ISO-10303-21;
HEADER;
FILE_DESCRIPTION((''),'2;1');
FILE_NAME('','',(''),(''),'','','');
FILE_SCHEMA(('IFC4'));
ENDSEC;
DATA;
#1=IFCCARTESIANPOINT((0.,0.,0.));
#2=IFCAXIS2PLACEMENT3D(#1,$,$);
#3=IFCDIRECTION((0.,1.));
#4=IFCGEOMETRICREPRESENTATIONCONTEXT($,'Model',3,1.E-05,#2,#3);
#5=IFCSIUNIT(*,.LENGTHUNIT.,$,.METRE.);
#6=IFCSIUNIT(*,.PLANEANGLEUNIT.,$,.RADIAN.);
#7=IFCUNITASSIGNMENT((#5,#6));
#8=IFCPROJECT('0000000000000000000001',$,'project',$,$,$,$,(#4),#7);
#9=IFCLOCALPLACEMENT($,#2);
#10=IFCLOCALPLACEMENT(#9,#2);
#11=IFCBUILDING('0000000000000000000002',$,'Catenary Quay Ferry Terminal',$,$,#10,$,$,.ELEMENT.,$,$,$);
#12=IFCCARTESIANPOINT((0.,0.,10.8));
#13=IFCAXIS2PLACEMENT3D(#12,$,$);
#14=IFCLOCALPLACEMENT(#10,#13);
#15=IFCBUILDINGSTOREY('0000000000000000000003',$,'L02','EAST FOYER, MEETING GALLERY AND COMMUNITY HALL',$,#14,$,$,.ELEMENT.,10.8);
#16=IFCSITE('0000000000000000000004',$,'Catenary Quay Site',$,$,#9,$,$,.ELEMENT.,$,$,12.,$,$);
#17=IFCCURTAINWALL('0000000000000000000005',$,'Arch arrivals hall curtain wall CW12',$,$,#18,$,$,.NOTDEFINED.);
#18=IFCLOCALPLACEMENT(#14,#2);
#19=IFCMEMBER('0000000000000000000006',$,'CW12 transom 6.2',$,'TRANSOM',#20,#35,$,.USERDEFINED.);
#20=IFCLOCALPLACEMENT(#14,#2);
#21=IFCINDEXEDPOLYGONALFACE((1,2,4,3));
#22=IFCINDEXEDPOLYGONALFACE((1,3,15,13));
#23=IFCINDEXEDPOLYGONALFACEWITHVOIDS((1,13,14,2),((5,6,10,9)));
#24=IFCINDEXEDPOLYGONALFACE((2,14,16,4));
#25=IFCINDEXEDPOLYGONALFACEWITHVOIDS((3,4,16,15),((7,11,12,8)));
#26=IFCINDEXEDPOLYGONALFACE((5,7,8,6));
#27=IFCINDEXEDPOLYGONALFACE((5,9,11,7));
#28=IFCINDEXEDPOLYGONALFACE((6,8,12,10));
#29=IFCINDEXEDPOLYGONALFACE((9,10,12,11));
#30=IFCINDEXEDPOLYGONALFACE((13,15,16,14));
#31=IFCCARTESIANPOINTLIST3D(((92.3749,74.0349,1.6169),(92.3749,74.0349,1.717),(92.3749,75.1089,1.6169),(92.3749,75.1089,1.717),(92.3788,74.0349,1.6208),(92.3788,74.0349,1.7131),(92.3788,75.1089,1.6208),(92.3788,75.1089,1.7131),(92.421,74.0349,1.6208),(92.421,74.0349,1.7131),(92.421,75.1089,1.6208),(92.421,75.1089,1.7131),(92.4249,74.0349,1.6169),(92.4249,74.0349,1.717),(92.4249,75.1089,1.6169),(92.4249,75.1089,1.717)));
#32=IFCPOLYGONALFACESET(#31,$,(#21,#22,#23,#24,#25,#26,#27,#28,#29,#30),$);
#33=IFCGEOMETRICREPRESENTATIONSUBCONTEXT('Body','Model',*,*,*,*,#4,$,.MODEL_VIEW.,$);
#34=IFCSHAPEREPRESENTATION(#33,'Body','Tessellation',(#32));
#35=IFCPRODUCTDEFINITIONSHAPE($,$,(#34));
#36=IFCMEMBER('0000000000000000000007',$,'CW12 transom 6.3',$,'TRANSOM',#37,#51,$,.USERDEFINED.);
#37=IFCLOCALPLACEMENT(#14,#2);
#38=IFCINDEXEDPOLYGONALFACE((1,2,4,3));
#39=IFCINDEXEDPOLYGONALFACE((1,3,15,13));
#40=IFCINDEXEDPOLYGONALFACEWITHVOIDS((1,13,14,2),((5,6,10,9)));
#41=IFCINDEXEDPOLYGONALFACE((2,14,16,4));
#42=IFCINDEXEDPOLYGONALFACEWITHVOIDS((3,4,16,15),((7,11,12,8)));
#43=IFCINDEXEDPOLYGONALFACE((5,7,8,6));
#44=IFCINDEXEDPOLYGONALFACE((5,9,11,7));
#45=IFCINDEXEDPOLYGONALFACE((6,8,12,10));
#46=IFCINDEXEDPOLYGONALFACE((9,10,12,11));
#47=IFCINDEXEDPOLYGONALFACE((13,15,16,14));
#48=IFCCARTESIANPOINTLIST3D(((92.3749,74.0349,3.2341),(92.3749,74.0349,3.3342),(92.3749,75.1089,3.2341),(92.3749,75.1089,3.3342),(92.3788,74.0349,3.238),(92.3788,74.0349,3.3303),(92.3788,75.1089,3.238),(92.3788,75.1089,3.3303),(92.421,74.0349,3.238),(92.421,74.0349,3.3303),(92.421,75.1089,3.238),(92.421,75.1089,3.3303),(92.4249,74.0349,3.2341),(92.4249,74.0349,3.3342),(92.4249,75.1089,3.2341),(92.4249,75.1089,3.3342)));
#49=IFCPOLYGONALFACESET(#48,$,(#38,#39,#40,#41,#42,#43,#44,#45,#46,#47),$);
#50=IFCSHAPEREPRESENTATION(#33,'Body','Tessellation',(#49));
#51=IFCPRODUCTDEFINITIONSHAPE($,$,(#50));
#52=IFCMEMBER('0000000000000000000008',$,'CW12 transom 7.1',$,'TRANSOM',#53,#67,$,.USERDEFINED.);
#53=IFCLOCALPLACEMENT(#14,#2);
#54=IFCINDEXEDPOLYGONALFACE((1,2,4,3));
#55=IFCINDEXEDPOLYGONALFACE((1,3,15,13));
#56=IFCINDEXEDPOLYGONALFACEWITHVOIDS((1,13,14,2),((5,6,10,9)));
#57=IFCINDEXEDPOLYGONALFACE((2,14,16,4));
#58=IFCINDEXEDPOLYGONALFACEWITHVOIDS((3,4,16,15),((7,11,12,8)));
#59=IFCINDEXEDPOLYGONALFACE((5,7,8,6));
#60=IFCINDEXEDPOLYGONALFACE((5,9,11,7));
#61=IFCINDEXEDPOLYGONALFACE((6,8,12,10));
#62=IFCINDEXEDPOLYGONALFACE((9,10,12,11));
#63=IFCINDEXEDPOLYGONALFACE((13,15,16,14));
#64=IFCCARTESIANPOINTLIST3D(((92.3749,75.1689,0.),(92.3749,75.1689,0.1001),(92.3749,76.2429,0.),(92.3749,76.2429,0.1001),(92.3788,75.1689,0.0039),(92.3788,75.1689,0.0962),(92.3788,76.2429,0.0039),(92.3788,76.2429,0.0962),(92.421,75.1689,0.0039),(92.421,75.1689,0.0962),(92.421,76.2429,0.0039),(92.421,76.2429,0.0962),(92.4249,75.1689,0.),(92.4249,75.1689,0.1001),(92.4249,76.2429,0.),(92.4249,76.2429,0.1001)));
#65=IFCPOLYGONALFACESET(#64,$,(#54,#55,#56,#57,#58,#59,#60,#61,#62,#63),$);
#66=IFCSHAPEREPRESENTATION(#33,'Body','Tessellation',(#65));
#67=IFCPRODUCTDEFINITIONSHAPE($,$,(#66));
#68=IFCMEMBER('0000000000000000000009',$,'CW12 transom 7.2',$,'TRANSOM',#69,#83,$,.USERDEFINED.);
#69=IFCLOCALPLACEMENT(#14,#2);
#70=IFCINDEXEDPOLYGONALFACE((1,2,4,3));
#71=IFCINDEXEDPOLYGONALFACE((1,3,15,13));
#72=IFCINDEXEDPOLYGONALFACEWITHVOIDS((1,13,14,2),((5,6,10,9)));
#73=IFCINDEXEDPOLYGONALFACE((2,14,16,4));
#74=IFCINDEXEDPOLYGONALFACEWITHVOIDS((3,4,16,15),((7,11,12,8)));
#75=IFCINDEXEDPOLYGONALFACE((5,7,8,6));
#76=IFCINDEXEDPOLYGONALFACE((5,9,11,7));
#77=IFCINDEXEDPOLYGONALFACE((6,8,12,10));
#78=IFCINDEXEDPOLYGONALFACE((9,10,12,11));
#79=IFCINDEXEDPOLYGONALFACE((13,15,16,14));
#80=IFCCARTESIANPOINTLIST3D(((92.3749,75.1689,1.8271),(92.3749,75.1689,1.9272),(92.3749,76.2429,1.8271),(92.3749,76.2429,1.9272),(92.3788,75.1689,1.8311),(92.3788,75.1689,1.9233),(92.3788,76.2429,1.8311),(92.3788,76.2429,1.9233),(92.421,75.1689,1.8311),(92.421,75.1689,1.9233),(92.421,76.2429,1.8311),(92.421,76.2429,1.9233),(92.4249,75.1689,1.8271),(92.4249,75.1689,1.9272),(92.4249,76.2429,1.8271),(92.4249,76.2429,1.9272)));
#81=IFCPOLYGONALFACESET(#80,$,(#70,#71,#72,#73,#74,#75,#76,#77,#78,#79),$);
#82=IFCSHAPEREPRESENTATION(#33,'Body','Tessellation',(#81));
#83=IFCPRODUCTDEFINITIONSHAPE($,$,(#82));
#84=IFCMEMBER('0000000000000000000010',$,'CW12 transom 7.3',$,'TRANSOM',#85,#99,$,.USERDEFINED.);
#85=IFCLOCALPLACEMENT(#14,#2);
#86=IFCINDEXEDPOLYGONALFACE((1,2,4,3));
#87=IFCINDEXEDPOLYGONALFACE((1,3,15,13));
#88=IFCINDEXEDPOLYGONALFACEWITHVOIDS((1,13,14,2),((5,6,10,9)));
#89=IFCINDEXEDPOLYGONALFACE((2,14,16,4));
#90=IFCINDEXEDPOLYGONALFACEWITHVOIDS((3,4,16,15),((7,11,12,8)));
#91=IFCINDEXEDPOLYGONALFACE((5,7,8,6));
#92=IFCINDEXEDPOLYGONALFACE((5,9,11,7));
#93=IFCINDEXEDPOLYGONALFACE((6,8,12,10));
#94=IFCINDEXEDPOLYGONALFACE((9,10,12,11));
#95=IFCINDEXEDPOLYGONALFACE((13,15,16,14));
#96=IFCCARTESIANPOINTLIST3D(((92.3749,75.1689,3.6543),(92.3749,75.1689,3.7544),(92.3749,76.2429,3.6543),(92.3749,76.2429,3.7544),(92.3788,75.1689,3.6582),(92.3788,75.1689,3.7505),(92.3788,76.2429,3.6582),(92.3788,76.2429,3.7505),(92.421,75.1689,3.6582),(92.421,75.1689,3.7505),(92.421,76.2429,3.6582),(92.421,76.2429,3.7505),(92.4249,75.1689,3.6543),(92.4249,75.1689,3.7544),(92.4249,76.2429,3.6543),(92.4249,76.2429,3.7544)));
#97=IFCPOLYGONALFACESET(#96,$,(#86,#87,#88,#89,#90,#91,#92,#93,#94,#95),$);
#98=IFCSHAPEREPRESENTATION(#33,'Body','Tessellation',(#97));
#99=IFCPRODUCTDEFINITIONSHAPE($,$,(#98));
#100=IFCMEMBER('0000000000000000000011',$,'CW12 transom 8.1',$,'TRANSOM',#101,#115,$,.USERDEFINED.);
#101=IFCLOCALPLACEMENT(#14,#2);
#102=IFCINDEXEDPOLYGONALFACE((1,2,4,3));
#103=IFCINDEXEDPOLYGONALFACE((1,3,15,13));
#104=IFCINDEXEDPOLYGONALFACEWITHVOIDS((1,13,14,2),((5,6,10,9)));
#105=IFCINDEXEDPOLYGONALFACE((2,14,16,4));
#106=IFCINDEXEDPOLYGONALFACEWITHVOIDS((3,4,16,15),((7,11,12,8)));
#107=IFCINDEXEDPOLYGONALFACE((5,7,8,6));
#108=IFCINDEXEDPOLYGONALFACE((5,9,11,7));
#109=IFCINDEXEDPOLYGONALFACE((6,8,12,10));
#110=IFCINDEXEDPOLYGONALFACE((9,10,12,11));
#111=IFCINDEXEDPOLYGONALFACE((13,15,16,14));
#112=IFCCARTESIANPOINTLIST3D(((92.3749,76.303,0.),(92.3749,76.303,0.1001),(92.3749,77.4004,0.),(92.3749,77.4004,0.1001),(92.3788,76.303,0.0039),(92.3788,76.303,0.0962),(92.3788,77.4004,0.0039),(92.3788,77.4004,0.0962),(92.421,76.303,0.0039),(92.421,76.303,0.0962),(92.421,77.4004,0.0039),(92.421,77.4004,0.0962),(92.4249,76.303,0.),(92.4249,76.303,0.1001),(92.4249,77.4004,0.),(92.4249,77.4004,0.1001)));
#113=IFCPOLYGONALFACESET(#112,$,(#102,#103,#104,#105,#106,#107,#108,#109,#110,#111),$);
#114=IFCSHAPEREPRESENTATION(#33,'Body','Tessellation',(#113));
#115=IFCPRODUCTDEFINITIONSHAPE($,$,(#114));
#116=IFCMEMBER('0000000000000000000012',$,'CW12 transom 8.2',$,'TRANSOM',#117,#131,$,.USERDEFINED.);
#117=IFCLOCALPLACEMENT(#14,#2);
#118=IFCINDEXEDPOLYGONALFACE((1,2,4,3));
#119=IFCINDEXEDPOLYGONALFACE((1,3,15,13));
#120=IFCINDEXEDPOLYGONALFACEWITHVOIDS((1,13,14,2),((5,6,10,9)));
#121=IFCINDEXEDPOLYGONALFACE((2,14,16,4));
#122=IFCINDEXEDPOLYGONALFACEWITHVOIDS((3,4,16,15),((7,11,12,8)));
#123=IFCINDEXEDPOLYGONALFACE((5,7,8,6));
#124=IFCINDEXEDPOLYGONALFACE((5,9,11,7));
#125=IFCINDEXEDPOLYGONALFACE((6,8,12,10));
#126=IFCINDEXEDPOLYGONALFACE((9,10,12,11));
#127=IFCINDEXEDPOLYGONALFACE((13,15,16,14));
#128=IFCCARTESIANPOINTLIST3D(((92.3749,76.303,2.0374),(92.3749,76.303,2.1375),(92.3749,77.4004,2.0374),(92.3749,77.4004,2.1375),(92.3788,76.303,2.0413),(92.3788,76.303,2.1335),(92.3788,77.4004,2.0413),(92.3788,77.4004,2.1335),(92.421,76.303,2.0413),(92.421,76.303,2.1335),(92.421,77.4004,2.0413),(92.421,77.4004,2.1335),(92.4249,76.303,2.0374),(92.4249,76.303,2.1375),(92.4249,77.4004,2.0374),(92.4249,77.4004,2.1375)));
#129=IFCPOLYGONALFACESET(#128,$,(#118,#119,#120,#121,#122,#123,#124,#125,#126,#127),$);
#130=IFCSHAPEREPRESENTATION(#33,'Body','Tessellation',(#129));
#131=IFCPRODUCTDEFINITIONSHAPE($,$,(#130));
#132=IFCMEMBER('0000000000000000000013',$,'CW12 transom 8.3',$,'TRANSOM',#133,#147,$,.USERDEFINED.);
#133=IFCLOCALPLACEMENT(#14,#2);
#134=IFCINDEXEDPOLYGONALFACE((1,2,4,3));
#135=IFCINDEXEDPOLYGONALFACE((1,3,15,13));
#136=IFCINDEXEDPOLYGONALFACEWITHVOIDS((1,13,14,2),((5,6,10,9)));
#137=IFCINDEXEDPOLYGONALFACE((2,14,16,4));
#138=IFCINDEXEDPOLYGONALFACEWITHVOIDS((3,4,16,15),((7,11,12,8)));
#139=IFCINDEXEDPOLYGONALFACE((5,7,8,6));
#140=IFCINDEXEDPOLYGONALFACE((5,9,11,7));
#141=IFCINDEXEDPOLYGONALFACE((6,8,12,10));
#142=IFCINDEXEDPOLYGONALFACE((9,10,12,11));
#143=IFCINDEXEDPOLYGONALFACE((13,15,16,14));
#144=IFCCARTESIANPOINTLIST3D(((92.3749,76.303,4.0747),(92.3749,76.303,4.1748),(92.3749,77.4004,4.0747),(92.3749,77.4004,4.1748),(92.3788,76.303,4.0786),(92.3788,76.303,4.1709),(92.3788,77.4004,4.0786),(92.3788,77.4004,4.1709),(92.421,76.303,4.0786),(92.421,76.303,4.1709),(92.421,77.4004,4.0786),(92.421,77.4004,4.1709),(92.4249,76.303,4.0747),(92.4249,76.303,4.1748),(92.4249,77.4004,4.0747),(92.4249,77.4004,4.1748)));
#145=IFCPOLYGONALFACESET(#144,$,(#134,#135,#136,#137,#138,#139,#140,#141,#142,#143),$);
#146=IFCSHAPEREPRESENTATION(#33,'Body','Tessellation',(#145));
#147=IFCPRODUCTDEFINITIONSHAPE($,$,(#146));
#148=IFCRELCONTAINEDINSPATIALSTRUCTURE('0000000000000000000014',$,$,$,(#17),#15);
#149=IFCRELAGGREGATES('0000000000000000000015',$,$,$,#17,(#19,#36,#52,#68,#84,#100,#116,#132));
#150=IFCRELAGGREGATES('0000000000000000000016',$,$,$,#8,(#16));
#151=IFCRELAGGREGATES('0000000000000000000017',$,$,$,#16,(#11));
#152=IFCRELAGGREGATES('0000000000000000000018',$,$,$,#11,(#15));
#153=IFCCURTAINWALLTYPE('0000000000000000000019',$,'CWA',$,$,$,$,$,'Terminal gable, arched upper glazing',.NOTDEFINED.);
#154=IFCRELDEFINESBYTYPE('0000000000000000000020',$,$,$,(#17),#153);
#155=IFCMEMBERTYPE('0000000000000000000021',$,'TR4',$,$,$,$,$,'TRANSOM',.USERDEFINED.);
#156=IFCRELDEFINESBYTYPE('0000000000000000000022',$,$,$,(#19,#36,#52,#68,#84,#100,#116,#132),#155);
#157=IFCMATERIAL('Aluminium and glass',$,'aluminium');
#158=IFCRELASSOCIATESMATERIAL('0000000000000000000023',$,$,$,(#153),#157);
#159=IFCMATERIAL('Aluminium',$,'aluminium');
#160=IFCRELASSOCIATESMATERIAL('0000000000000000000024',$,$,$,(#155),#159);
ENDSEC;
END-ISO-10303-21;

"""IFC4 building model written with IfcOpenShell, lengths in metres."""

from ifc_helpers import new_model, si_unit, direction, frame, origin, origin_2d, place, context, subcontext, project, spatial, hollow_rectangle, extrude, material, material_profile, profile_set, type_object, element, aggregate, save


model = new_model("IFC4")

# Units and contexts
model_context = context("Model", 3, precision=1e-05, world=origin(), true_north=direction((0.0, 1.0)))
body_context = subcontext(model_context, "Body", "Model", "MODEL_VIEW")
ifc_project = project(units=[si_unit("LENGTHUNIT", "METRE"), si_unit("PLANEANGLEUNIT", "RADIAN")], contexts=[model_context])

# Site, building, storey
site_placement = place(None, origin())
site = spatial("IfcSite", under=ifc_project, at=site_placement, Name="Catenary Quay Site", CompositionType="ELEMENT", RefElevation=12.0)
building_placement = place(site_placement, origin())
building = spatial("IfcBuilding", under=site, at=building_placement, Name="Catenary Quay Ferry Terminal", CompositionType="ELEMENT")
storey_placement = place(building_placement, frame((0.0, 0.0, 10.8)))
storey = spatial("IfcBuildingStorey", under=building, at=storey_placement, Name="L02", Description="EAST FOYER, MEETING GALLERY AND COMMUNITY HALL", CompositionType="ELEMENT", Elevation=10.8)

# Curtain wall, members
ifc_material_1 = material(Name="Aluminium and glass", Category="aluminium")
curtain_wall_type = type_object("IfcCurtainWallType", Name="CWA", ElementType="Terminal gable, arched upper glazing", PredefinedType="NOTDEFINED", material=ifc_material_1)
curtain_wall_placement = place(storey_placement, origin())
curtain_wall = element("IfcCurtainWall", 1, at=curtain_wall_placement, inside=storey, type_object=curtain_wall_type, Name="Arch arrivals hall curtain wall CW12", PredefinedType="NOTDEFINED")
ifc_material_2 = material(Name="Aluminium", Category="aluminium")
ifc_material_profile_1 = material_profile(ifc_material_2, hollow_rectangle(XDim=0.05, YDim=0.1001, WallThickness=0.0039, at=origin_2d()), Name="TR4")
ifc_profile_set_1 = profile_set([ifc_material_profile_1], Name="Aluminium")
member_type_1 = type_object("IfcMemberType", Name="TR4", ElementType="TRANSOM", PredefinedType="USERDEFINED", material=ifc_profile_set_1)
member_1_placement = place(storey_placement, frame((92.3999, 74.0349, 1.667), z_axis=(0.0, 1.0, 0.0), x_axis=(-1.0, 0.0, 0.0)))
member_1 = element("IfcMember", 2, at=member_1_placement, type_object=member_type_1, Name="CW12 transom 6.2", ObjectType="TRANSOM", PredefinedType="USERDEFINED", context=body_context, shape_type="SweptSolid", body=[
    extrude(hollow_rectangle(XDim=0.05, YDim=0.1001, WallThickness=0.0039, at=origin_2d()), origin(), (0.0, 0.0, 1.0), 1.074),
])
member_2_placement = place(storey_placement, frame((92.3999, 74.0349, 3.2842), z_axis=(0.0, 1.0, 0.0), x_axis=(-1.0, 0.0, 0.0)))
member_2 = element("IfcMember", 3, at=member_2_placement, type_object=member_type_1, Name="CW12 transom 6.3", ObjectType="TRANSOM", PredefinedType="USERDEFINED", context=body_context, shape_type="SweptSolid", body=[
    extrude(hollow_rectangle(XDim=0.05, YDim=0.1001, WallThickness=0.0039, at=origin_2d()), origin(), (0.0, 0.0, 1.0), 1.074),
])
member_3_placement = place(storey_placement, frame((92.3999, 75.1689, 0.05), z_axis=(0.0, 1.0, 0.0), x_axis=(-1.0, 0.0, 0.0)))
member_3 = element("IfcMember", 4, at=member_3_placement, type_object=member_type_1, Name="CW12 transom 7.1", ObjectType="TRANSOM", PredefinedType="USERDEFINED", context=body_context, shape_type="SweptSolid", body=[
    extrude(hollow_rectangle(XDim=0.05, YDim=0.1001, WallThickness=0.0039, at=origin_2d()), origin(), (0.0, 0.0, 1.0), 1.074),
])
member_4_placement = place(storey_placement, frame((92.3999, 75.1689, 1.8772), z_axis=(0.0, 1.0, 0.0), x_axis=(-1.0, 0.0, 0.0)))
member_4 = element("IfcMember", 5, at=member_4_placement, type_object=member_type_1, Name="CW12 transom 7.2", ObjectType="TRANSOM", PredefinedType="USERDEFINED", context=body_context, shape_type="SweptSolid", body=[
    extrude(hollow_rectangle(XDim=0.05, YDim=0.1001, WallThickness=0.0039, at=origin_2d()), origin(), (0.0, 0.0, 1.0), 1.074),
])
member_5_placement = place(storey_placement, frame((92.3999, 75.1689, 3.7043), z_axis=(0.0, 1.0, 0.0), x_axis=(-1.0, 0.0, 0.0)))
member_5 = element("IfcMember", 6, at=member_5_placement, type_object=member_type_1, Name="CW12 transom 7.3", ObjectType="TRANSOM", PredefinedType="USERDEFINED", context=body_context, shape_type="SweptSolid", body=[
    extrude(hollow_rectangle(XDim=0.05, YDim=0.1001, WallThickness=0.0039, at=origin_2d()), origin(), (0.0, 0.0, 1.0), 1.074),
])
member_6_placement = place(storey_placement, frame((92.3999, 76.303, 0.05), z_axis=(0.0, 1.0, 0.0), x_axis=(-1.0, 0.0, 0.0)))
member_6 = element("IfcMember", 7, at=member_6_placement, type_object=member_type_1, Name="CW12 transom 8.1", ObjectType="TRANSOM", PredefinedType="USERDEFINED", context=body_context, shape_type="SweptSolid", body=[
    extrude(hollow_rectangle(XDim=0.05, YDim=0.1001, WallThickness=0.0039, at=origin_2d()), origin(), (0.0, 0.0, 1.0), 1.0974),
])
member_7_placement = place(storey_placement, frame((92.3999, 76.303, 2.0874), z_axis=(0.0, 1.0, 0.0), x_axis=(-1.0, 0.0, 0.0)))
member_7 = element("IfcMember", 8, at=member_7_placement, type_object=member_type_1, Name="CW12 transom 8.2", ObjectType="TRANSOM", PredefinedType="USERDEFINED", context=body_context, shape_type="SweptSolid", body=[
    extrude(hollow_rectangle(XDim=0.05, YDim=0.1001, WallThickness=0.0039, at=origin_2d()), origin(), (0.0, 0.0, 1.0), 1.0974),
])
member_8_placement = place(storey_placement, frame((92.3999, 76.303, 4.1248), z_axis=(0.0, 1.0, 0.0), x_axis=(-1.0, 0.0, 0.0)))
member_8 = element("IfcMember", 9, at=member_8_placement, type_object=member_type_1, Name="CW12 transom 8.3", ObjectType="TRANSOM", PredefinedType="USERDEFINED", context=body_context, shape_type="SweptSolid", body=[
    extrude(hollow_rectangle(XDim=0.05, YDim=0.1001, WallThickness=0.0039, at=origin_2d()), origin(), (0.0, 0.0, 1.0), 1.0974),
])

aggregate(curtain_wall, [member_1, member_2, member_3, member_4, member_5, member_6, member_7, member_8])

save(model, "model.ifc")
